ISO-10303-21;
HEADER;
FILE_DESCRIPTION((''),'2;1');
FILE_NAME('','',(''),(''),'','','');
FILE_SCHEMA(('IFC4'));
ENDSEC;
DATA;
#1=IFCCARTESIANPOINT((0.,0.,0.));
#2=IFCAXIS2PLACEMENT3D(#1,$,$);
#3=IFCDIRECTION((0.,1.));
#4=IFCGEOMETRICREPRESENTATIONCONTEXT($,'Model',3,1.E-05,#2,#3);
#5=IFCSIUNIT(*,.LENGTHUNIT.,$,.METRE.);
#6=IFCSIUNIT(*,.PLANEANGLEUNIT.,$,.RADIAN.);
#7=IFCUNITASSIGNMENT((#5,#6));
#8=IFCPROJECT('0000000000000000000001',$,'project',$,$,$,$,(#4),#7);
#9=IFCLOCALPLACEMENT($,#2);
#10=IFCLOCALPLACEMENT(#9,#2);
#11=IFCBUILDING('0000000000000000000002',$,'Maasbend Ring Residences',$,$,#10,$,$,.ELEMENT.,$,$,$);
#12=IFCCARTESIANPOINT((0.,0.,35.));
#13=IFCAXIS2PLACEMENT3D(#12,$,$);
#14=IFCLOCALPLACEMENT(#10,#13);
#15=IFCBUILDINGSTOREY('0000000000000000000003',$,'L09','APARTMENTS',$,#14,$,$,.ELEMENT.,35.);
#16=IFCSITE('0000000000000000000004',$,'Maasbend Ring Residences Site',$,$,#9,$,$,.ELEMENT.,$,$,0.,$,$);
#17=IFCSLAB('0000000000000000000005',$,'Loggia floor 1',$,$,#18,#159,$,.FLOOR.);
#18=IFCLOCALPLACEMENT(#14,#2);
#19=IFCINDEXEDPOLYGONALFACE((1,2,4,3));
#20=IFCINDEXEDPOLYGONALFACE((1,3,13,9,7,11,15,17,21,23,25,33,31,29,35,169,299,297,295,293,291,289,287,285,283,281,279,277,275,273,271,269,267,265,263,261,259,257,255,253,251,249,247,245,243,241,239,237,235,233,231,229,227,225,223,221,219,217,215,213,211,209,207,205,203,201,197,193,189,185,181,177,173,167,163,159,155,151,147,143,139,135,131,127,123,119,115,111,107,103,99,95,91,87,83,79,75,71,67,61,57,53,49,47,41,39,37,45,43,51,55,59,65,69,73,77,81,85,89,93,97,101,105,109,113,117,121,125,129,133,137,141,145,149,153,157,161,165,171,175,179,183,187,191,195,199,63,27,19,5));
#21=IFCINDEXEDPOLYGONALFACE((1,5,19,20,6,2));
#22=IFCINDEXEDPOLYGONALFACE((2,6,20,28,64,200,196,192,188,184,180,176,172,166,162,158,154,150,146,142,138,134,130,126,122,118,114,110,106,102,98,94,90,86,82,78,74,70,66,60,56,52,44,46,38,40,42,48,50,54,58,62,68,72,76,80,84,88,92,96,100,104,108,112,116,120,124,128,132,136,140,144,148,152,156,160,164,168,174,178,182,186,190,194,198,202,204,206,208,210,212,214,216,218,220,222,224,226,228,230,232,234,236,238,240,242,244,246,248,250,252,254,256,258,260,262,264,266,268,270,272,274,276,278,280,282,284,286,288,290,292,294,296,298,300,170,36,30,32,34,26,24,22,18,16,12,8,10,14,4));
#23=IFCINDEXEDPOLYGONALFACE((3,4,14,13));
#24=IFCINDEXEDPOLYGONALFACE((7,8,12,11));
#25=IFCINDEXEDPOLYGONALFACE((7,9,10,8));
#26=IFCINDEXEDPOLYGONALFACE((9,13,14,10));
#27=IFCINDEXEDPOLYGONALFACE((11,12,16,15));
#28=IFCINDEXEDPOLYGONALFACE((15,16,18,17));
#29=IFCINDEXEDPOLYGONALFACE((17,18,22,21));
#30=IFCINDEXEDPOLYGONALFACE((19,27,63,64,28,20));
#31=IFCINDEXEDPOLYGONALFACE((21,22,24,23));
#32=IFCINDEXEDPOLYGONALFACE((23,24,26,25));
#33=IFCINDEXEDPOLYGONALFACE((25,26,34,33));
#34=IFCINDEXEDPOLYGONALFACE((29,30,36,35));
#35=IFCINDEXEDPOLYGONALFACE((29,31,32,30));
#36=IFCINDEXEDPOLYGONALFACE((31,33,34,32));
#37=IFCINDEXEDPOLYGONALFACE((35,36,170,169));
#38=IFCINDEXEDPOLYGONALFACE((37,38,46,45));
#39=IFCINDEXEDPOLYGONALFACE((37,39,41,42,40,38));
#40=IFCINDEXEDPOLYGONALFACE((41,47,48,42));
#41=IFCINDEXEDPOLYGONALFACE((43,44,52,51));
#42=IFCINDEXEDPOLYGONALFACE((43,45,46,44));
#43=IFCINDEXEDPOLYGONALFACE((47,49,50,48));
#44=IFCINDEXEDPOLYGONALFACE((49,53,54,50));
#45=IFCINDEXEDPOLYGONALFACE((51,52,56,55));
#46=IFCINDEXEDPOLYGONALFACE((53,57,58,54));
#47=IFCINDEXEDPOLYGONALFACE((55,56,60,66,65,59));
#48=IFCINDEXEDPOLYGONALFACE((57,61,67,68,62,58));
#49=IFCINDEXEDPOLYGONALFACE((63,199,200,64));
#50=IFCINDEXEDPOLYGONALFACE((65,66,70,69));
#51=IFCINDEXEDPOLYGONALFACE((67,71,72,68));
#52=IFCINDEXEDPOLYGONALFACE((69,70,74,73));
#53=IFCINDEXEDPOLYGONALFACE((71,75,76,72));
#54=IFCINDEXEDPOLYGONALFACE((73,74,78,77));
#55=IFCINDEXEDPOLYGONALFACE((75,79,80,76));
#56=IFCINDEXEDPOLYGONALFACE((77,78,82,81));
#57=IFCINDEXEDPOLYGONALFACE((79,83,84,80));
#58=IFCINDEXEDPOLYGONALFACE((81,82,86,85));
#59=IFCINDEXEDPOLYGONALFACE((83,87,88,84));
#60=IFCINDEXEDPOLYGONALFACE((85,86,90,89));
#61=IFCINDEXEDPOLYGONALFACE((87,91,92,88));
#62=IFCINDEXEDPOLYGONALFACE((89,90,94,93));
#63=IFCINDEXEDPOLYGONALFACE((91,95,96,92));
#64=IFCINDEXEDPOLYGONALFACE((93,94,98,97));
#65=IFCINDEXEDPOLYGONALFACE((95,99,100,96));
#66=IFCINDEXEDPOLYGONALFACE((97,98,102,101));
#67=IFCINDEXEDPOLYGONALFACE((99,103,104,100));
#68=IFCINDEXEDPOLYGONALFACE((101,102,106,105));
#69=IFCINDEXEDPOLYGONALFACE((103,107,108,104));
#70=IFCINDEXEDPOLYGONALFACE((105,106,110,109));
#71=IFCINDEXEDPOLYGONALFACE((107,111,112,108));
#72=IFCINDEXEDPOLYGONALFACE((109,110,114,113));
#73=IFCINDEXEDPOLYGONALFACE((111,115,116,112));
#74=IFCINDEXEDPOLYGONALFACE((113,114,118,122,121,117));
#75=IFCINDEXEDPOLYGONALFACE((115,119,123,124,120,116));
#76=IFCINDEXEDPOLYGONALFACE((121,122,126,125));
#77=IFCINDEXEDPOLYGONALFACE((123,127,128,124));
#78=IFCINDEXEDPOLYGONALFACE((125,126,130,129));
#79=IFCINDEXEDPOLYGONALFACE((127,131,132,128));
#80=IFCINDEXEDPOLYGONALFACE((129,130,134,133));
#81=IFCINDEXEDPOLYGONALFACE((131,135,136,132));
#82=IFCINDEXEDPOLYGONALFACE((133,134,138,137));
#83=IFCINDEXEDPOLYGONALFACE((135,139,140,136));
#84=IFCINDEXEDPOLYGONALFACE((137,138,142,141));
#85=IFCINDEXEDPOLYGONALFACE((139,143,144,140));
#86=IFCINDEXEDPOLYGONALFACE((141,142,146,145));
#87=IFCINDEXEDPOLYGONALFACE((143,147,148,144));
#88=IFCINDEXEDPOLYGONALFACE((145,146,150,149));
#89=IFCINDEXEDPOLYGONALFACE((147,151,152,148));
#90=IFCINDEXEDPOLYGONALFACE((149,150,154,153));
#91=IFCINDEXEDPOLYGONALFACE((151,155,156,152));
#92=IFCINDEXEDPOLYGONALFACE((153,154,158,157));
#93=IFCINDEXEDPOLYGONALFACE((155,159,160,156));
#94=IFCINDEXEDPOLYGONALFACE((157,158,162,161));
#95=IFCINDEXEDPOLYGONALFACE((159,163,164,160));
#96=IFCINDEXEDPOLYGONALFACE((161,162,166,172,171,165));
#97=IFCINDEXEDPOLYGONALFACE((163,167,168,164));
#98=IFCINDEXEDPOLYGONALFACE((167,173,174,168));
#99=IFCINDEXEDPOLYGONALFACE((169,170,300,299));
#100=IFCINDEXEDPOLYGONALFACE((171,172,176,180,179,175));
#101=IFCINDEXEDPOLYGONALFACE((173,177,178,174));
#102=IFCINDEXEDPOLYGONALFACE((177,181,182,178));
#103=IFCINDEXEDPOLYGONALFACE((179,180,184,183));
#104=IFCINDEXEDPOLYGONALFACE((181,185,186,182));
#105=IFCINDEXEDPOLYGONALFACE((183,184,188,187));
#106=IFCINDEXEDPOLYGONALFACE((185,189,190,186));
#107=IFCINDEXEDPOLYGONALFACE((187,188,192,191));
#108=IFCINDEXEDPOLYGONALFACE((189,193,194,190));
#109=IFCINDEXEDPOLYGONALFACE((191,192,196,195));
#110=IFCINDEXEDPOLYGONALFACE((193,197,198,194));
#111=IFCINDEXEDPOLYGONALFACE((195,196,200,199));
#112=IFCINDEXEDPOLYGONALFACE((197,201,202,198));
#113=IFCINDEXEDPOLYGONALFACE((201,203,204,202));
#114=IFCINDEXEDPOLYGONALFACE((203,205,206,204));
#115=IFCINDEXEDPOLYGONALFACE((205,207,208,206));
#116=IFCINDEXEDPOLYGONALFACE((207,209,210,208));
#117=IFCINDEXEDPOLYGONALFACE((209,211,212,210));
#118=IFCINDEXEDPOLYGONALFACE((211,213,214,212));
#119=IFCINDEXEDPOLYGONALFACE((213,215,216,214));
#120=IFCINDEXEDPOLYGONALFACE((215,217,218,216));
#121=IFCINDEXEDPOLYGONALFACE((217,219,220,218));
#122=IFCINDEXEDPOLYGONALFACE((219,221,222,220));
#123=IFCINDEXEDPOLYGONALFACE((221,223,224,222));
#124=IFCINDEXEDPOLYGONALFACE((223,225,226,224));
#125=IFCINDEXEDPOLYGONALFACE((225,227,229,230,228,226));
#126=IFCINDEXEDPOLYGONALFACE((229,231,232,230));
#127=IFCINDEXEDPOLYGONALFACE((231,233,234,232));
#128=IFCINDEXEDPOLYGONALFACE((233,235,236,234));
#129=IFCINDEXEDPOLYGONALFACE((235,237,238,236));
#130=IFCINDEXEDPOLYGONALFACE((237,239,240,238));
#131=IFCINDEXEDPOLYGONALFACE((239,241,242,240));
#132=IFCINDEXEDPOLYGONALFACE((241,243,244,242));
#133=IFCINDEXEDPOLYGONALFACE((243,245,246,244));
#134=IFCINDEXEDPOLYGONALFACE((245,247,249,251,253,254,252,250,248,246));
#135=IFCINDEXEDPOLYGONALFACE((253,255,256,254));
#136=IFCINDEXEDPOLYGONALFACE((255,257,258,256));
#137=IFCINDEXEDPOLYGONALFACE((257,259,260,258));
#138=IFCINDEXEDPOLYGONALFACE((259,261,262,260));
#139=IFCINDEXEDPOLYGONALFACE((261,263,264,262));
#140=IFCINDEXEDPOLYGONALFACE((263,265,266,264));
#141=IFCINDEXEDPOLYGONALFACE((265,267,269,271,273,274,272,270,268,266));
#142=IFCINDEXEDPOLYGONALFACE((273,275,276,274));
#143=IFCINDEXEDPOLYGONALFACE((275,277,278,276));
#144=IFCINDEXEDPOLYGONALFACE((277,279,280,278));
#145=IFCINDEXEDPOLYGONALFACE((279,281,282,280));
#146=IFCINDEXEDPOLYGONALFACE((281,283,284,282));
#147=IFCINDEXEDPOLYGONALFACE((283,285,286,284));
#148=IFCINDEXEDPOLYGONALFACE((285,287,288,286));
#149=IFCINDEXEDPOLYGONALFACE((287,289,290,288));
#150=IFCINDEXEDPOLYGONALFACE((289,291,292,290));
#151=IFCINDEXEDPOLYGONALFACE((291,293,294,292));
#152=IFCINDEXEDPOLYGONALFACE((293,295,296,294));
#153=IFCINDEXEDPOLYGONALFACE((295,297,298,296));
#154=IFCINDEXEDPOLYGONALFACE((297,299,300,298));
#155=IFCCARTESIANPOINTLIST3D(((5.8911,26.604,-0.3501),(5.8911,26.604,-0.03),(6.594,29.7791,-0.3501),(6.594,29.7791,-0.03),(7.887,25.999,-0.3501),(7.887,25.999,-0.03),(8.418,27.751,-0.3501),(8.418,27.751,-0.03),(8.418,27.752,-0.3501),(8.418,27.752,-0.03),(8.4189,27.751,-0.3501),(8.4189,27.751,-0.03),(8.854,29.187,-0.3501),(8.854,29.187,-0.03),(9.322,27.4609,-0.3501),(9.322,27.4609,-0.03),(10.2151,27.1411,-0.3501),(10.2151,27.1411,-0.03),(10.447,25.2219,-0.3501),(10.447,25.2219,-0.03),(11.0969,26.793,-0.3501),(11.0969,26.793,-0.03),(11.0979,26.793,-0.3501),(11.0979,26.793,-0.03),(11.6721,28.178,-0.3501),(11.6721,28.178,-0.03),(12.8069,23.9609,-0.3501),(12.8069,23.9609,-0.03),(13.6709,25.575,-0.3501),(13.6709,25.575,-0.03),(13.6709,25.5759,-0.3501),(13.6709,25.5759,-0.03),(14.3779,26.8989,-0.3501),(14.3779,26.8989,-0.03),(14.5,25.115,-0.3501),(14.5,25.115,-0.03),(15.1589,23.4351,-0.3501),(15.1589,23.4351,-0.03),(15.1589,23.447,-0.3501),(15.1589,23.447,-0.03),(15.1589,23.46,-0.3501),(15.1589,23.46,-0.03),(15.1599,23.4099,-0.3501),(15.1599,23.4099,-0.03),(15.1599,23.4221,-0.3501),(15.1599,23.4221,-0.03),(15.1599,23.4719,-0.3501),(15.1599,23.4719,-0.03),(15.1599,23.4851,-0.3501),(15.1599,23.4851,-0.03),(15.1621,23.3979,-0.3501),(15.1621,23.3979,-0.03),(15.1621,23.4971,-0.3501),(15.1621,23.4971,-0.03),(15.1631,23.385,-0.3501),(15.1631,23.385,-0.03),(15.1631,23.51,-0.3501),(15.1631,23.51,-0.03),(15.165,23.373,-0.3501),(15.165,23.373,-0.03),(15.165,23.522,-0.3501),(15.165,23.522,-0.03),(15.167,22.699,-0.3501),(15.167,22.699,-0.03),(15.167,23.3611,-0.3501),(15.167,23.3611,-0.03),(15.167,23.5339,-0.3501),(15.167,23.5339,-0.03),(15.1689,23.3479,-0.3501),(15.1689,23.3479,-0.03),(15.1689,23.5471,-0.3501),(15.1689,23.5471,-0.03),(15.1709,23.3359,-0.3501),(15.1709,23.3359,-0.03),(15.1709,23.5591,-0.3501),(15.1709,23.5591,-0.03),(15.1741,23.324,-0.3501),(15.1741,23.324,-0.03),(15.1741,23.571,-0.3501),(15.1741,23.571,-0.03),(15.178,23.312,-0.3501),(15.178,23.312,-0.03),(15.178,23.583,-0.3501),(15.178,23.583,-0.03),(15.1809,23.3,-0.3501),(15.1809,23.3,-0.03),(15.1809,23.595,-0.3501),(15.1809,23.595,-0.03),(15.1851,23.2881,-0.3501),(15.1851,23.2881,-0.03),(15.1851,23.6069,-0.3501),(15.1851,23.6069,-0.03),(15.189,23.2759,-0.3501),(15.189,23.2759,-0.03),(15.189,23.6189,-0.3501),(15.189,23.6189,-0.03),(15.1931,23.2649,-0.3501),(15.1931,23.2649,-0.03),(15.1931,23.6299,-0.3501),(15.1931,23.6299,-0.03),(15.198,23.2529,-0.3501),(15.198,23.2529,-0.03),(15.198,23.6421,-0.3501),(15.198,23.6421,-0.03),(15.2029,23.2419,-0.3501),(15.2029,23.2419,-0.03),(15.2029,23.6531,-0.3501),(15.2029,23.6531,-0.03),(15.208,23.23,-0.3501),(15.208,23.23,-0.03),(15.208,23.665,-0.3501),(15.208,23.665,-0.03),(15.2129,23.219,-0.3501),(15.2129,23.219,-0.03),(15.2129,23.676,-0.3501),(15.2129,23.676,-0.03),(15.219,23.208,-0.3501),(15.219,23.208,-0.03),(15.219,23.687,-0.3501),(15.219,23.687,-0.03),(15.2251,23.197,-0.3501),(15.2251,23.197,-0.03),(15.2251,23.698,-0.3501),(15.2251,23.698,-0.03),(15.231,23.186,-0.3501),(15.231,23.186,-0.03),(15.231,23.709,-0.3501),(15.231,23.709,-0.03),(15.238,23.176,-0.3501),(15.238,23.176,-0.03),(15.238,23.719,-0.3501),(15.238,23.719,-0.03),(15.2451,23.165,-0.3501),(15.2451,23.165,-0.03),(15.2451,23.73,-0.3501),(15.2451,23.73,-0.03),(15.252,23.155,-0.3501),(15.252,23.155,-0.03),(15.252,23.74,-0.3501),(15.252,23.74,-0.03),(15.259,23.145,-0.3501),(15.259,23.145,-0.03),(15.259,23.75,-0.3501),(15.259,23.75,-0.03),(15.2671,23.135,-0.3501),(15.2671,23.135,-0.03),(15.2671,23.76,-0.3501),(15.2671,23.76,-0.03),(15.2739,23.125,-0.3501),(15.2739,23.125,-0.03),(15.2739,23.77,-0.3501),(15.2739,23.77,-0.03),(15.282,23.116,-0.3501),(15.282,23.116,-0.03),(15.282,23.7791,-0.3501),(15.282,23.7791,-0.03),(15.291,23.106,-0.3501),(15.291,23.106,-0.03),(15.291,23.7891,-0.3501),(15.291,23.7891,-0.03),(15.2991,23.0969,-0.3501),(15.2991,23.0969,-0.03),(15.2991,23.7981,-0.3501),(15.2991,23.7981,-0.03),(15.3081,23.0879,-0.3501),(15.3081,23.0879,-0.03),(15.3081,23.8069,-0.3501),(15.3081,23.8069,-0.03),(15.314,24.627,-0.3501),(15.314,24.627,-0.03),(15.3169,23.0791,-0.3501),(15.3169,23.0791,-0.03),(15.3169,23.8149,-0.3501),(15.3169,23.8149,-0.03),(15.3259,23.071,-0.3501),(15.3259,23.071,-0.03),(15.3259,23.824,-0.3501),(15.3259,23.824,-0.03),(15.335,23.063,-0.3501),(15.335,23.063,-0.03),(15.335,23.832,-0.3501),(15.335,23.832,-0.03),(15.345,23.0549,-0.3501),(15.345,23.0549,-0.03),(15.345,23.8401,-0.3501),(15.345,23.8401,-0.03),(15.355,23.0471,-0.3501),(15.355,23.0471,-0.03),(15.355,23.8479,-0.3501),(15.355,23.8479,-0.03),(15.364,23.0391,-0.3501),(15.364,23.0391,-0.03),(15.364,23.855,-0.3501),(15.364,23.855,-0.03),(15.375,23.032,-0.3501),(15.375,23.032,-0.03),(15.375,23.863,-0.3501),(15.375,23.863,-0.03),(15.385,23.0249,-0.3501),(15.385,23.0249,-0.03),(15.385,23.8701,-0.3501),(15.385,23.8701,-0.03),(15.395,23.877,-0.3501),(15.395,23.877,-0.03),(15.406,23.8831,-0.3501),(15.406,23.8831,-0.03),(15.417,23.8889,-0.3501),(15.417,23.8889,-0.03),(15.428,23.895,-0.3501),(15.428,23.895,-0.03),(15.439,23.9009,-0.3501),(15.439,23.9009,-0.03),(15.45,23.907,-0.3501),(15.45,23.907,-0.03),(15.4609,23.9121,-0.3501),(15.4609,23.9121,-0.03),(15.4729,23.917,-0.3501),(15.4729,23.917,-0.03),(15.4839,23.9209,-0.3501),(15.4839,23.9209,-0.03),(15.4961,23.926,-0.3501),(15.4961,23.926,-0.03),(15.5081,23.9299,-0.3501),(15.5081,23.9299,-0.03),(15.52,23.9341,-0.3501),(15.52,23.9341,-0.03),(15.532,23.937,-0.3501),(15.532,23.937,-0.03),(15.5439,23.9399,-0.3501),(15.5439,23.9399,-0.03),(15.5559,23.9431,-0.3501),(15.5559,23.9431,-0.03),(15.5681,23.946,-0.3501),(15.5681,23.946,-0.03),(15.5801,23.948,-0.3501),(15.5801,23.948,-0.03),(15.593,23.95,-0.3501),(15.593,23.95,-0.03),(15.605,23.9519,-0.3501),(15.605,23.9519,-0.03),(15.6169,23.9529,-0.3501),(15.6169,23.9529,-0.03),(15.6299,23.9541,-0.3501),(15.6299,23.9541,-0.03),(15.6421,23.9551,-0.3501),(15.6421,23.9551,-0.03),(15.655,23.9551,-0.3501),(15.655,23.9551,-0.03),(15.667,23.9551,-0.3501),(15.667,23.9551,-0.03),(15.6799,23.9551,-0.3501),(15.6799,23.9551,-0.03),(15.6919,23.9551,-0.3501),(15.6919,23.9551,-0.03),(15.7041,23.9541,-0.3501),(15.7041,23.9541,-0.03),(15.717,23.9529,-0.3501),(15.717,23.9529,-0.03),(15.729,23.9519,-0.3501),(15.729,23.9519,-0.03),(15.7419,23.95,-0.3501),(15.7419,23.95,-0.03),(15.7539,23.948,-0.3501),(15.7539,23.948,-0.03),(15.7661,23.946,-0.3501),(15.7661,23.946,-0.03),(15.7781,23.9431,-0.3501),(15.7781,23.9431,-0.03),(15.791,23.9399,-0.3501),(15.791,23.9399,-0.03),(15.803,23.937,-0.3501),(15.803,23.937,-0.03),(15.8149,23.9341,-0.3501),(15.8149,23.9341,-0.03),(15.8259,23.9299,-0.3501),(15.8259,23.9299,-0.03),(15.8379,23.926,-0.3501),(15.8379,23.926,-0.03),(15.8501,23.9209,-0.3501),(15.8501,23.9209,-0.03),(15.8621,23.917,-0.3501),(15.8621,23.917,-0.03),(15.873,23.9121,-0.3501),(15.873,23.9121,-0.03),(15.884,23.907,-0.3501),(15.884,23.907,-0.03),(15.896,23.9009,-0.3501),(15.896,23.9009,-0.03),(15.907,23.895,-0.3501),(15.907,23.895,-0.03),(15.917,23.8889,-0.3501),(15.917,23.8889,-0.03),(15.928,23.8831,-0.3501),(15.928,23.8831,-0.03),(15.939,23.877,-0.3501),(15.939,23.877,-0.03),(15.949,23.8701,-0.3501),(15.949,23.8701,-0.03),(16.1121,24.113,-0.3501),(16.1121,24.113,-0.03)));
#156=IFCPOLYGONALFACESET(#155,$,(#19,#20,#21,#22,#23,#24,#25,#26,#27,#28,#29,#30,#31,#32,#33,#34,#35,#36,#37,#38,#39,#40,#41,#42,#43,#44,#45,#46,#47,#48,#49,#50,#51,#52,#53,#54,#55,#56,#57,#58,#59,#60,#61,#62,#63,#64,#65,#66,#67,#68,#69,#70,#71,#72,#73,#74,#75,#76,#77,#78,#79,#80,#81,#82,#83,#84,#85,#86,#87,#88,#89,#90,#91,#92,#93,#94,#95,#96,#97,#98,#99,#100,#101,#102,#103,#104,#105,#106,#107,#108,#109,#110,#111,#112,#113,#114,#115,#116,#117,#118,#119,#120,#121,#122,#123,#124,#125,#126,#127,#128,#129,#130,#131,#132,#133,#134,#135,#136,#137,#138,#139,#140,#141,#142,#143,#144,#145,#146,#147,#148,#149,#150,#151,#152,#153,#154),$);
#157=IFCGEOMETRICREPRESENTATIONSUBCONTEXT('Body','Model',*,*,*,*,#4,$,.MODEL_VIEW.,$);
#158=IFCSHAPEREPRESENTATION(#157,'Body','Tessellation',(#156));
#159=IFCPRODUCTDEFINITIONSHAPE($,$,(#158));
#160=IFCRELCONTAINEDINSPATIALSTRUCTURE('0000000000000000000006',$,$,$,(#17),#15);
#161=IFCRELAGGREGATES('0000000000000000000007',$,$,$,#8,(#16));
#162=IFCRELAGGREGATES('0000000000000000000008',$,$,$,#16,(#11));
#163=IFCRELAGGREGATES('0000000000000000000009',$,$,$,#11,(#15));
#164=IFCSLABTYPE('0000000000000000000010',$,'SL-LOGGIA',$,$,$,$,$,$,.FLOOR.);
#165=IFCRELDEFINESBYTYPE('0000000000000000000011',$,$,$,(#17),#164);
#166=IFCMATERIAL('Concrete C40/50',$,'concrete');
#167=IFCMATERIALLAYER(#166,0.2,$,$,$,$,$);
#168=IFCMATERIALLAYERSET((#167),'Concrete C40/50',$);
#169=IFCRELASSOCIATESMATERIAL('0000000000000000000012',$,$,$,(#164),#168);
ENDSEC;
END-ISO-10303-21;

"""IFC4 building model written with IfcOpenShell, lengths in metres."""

from ifc_helpers import new_model, si_unit, direction, frame, origin, place, context, subcontext, project, spatial, polyline, outline, extrude, material, layer, layer_set, type_object, element, save


model = new_model("IFC4")

# Units and contexts
model_context = context("Model", 3, precision=1e-05, world=origin(), true_north=direction((0.0, 1.0)))
body_context = subcontext(model_context, "Body", "Model", "MODEL_VIEW")
ifc_project = project(units=[si_unit("LENGTHUNIT", "METRE"), si_unit("PLANEANGLEUNIT", "RADIAN")], contexts=[model_context])

# Site, building, storey
site_placement = place(None, origin())
site = spatial("IfcSite", under=ifc_project, at=site_placement, Name="Maasbend Ring Residences Site", CompositionType="ELEMENT", RefElevation=0.0)
building_placement = place(site_placement, origin())
building = spatial("IfcBuilding", under=site, at=building_placement, Name="Maasbend Ring Residences", CompositionType="ELEMENT")
storey_placement = place(building_placement, frame((0.0, 0.0, 35.0)))
storey = spatial("IfcBuildingStorey", under=building, at=storey_placement, Name="L09", Description="APARTMENTS", CompositionType="ELEMENT", Elevation=35.0)

# Slab
ifc_material_1 = material(Name="Concrete C40/50", Category="concrete")
ifc_layer_1 = layer(ifc_material_1, 0.2)
ifc_layer_set_1 = layer_set([ifc_layer_1], Name="Concrete C40/50")
slab_type_1 = type_object("IfcSlabType", Name="SL-LOGGIA", PredefinedType="FLOOR", material=ifc_layer_set_1)
slab_1_placement = place(storey_placement, frame((0.0, 0.0, -0.3501)))
element("IfcSlab", 1, at=slab_1_placement, inside=storey, type_object=slab_type_1, Name="Loggia floor 1", PredefinedType="FLOOR", context=body_context, shape_type="SweptSolid", body=[
    extrude(outline(polyline([(8.854, 29.187), (8.854, 29.187), (8.854, 29.187), (8.418, 27.752), (8.418, 27.752), (8.418, 27.752), (8.418, 27.752), (8.418, 27.752), (8.418, 27.752), (8.418, 27.751), (8.418, 27.751), (8.418, 27.751), (8.418, 27.751), (8.418, 27.751), (8.4189, 27.751), (8.4189, 27.751), (8.4189, 27.751), (8.4189, 27.751), (8.4189, 27.751), (8.4189, 27.751), (9.322, 27.4609), (9.322, 27.4609), (10.2151, 27.1411), (10.2151, 27.1411), (11.0969, 26.793), (11.0969, 26.793), (11.0969, 26.793), (11.0979, 26.793), (11.0979, 26.793), (11.0979, 26.793), (11.0979, 26.793), (11.0979, 26.793), (11.0979, 26.793), (11.0979, 26.793), (11.0979, 26.793), (11.0979, 26.793), (11.0979, 26.793), (11.0979, 26.793), (11.0979, 26.793), (11.0979, 26.793), (11.0979, 26.793), (11.6721, 28.178), (11.6721, 28.178), (11.6721, 28.178), (14.3779, 26.8989), (14.3779, 26.8989), (14.3779, 26.8989), (13.6709, 25.5759), (13.6709, 25.5759), (13.6709, 25.5759), (13.6709, 25.5759), (13.6709, 25.5759), (13.6709, 25.5759), (13.6709, 25.5759), (13.6709, 25.5759), (13.6709, 25.5759), (13.6709, 25.5759), (13.6709, 25.5759), (13.6709, 25.5759), (13.6709, 25.5759), (13.6709, 25.5759), (13.6709, 25.5759), (13.6709, 25.5759), (13.6709, 25.575), (14.5, 25.115), (14.5, 25.115), (15.314, 24.627), (15.314, 24.627), (16.1121, 24.113), (16.1121, 24.113), (16.1121, 24.113), (15.949, 23.8701), (15.939, 23.877), (15.928, 23.8831), (15.917, 23.8889), (15.907, 23.895), (15.896, 23.9009), (15.884, 23.907), (15.873, 23.9121), (15.8621, 23.917), (15.8501, 23.9209), (15.8379, 23.926), (15.8259, 23.9299), (15.8149, 23.9341), (15.803, 23.937), (15.791, 23.9399), (15.7781, 23.9431), (15.7661, 23.946), (15.7539, 23.948), (15.7419, 23.95), (15.729, 23.9519), (15.717, 23.9529), (15.7041, 23.9541), (15.6919, 23.9551), (15.6799, 23.9551), (15.667, 23.9551), (15.655, 23.9551), (15.6421, 23.9551), (15.6299, 23.9541), (15.6169, 23.9529), (15.605, 23.9519), (15.593, 23.95), (15.5801, 23.948), (15.5681, 23.946), (15.5559, 23.9431), (15.5439, 23.9399), (15.532, 23.937), (15.52, 23.9341), (15.5081, 23.9299), (15.4961, 23.926), (15.4839, 23.9209), (15.4729, 23.917), (15.4609, 23.9121), (15.45, 23.907), (15.439, 23.9009), (15.428, 23.895), (15.417, 23.8889), (15.406, 23.8831), (15.395, 23.877), (15.385, 23.8701), (15.375, 23.863), (15.364, 23.855), (15.355, 23.8479), (15.345, 23.8401), (15.335, 23.832), (15.3259, 23.824), (15.3169, 23.8149), (15.3081, 23.8069), (15.2991, 23.7981), (15.291, 23.7891), (15.282, 23.7791), (15.2739, 23.77), (15.2671, 23.76), (15.259, 23.75), (15.252, 23.74), (15.2451, 23.73), (15.238, 23.719), (15.231, 23.709), (15.2251, 23.698), (15.219, 23.687), (15.2129, 23.676), (15.208, 23.665), (15.2029, 23.6531), (15.198, 23.6421), (15.1931, 23.6299), (15.189, 23.6189), (15.1851, 23.6069), (15.1809, 23.595), (15.178, 23.583), (15.1741, 23.571), (15.1709, 23.5591), (15.1689, 23.5471), (15.167, 23.5339), (15.165, 23.522), (15.1631, 23.51), (15.1621, 23.4971), (15.1599, 23.4851), (15.1599, 23.4719), (15.1589, 23.46), (15.1589, 23.447), (15.1589, 23.4351), (15.1599, 23.4221), (15.1599, 23.4099), (15.1621, 23.3979), (15.1631, 23.385), (15.165, 23.373), (15.167, 23.3611), (15.1689, 23.3479), (15.1709, 23.3359), (15.1741, 23.324), (15.178, 23.312), (15.1809, 23.3), (15.1851, 23.2881), (15.189, 23.2759), (15.1931, 23.2649), (15.198, 23.2529), (15.2029, 23.2419), (15.208, 23.23), (15.2129, 23.219), (15.219, 23.208), (15.2251, 23.197), (15.231, 23.186), (15.238, 23.176), (15.2451, 23.165), (15.252, 23.155), (15.259, 23.145), (15.2671, 23.135), (15.2739, 23.125), (15.282, 23.116), (15.291, 23.106), (15.2991, 23.0969), (15.3081, 23.0879), (15.3169, 23.0791), (15.3259, 23.071), (15.335, 23.063), (15.345, 23.0549), (15.355, 23.0471), (15.364, 23.0391), (15.375, 23.032), (15.385, 23.0249), (15.167, 22.699), (15.167, 22.699), (15.167, 22.699), (12.8069, 23.9609), (10.447, 25.2219), (10.447, 25.2219), (10.447, 25.2219), (7.887, 25.999), (5.8911, 26.604), (5.8911, 26.604), (5.8911, 26.604), (6.594, 29.7791), (6.594, 29.7791), (6.594, 29.7791), (8.854, 29.187)])), origin(), (0.0, 0.0, 1.0), 0.3201),
])

save(model, "model.ifc")
